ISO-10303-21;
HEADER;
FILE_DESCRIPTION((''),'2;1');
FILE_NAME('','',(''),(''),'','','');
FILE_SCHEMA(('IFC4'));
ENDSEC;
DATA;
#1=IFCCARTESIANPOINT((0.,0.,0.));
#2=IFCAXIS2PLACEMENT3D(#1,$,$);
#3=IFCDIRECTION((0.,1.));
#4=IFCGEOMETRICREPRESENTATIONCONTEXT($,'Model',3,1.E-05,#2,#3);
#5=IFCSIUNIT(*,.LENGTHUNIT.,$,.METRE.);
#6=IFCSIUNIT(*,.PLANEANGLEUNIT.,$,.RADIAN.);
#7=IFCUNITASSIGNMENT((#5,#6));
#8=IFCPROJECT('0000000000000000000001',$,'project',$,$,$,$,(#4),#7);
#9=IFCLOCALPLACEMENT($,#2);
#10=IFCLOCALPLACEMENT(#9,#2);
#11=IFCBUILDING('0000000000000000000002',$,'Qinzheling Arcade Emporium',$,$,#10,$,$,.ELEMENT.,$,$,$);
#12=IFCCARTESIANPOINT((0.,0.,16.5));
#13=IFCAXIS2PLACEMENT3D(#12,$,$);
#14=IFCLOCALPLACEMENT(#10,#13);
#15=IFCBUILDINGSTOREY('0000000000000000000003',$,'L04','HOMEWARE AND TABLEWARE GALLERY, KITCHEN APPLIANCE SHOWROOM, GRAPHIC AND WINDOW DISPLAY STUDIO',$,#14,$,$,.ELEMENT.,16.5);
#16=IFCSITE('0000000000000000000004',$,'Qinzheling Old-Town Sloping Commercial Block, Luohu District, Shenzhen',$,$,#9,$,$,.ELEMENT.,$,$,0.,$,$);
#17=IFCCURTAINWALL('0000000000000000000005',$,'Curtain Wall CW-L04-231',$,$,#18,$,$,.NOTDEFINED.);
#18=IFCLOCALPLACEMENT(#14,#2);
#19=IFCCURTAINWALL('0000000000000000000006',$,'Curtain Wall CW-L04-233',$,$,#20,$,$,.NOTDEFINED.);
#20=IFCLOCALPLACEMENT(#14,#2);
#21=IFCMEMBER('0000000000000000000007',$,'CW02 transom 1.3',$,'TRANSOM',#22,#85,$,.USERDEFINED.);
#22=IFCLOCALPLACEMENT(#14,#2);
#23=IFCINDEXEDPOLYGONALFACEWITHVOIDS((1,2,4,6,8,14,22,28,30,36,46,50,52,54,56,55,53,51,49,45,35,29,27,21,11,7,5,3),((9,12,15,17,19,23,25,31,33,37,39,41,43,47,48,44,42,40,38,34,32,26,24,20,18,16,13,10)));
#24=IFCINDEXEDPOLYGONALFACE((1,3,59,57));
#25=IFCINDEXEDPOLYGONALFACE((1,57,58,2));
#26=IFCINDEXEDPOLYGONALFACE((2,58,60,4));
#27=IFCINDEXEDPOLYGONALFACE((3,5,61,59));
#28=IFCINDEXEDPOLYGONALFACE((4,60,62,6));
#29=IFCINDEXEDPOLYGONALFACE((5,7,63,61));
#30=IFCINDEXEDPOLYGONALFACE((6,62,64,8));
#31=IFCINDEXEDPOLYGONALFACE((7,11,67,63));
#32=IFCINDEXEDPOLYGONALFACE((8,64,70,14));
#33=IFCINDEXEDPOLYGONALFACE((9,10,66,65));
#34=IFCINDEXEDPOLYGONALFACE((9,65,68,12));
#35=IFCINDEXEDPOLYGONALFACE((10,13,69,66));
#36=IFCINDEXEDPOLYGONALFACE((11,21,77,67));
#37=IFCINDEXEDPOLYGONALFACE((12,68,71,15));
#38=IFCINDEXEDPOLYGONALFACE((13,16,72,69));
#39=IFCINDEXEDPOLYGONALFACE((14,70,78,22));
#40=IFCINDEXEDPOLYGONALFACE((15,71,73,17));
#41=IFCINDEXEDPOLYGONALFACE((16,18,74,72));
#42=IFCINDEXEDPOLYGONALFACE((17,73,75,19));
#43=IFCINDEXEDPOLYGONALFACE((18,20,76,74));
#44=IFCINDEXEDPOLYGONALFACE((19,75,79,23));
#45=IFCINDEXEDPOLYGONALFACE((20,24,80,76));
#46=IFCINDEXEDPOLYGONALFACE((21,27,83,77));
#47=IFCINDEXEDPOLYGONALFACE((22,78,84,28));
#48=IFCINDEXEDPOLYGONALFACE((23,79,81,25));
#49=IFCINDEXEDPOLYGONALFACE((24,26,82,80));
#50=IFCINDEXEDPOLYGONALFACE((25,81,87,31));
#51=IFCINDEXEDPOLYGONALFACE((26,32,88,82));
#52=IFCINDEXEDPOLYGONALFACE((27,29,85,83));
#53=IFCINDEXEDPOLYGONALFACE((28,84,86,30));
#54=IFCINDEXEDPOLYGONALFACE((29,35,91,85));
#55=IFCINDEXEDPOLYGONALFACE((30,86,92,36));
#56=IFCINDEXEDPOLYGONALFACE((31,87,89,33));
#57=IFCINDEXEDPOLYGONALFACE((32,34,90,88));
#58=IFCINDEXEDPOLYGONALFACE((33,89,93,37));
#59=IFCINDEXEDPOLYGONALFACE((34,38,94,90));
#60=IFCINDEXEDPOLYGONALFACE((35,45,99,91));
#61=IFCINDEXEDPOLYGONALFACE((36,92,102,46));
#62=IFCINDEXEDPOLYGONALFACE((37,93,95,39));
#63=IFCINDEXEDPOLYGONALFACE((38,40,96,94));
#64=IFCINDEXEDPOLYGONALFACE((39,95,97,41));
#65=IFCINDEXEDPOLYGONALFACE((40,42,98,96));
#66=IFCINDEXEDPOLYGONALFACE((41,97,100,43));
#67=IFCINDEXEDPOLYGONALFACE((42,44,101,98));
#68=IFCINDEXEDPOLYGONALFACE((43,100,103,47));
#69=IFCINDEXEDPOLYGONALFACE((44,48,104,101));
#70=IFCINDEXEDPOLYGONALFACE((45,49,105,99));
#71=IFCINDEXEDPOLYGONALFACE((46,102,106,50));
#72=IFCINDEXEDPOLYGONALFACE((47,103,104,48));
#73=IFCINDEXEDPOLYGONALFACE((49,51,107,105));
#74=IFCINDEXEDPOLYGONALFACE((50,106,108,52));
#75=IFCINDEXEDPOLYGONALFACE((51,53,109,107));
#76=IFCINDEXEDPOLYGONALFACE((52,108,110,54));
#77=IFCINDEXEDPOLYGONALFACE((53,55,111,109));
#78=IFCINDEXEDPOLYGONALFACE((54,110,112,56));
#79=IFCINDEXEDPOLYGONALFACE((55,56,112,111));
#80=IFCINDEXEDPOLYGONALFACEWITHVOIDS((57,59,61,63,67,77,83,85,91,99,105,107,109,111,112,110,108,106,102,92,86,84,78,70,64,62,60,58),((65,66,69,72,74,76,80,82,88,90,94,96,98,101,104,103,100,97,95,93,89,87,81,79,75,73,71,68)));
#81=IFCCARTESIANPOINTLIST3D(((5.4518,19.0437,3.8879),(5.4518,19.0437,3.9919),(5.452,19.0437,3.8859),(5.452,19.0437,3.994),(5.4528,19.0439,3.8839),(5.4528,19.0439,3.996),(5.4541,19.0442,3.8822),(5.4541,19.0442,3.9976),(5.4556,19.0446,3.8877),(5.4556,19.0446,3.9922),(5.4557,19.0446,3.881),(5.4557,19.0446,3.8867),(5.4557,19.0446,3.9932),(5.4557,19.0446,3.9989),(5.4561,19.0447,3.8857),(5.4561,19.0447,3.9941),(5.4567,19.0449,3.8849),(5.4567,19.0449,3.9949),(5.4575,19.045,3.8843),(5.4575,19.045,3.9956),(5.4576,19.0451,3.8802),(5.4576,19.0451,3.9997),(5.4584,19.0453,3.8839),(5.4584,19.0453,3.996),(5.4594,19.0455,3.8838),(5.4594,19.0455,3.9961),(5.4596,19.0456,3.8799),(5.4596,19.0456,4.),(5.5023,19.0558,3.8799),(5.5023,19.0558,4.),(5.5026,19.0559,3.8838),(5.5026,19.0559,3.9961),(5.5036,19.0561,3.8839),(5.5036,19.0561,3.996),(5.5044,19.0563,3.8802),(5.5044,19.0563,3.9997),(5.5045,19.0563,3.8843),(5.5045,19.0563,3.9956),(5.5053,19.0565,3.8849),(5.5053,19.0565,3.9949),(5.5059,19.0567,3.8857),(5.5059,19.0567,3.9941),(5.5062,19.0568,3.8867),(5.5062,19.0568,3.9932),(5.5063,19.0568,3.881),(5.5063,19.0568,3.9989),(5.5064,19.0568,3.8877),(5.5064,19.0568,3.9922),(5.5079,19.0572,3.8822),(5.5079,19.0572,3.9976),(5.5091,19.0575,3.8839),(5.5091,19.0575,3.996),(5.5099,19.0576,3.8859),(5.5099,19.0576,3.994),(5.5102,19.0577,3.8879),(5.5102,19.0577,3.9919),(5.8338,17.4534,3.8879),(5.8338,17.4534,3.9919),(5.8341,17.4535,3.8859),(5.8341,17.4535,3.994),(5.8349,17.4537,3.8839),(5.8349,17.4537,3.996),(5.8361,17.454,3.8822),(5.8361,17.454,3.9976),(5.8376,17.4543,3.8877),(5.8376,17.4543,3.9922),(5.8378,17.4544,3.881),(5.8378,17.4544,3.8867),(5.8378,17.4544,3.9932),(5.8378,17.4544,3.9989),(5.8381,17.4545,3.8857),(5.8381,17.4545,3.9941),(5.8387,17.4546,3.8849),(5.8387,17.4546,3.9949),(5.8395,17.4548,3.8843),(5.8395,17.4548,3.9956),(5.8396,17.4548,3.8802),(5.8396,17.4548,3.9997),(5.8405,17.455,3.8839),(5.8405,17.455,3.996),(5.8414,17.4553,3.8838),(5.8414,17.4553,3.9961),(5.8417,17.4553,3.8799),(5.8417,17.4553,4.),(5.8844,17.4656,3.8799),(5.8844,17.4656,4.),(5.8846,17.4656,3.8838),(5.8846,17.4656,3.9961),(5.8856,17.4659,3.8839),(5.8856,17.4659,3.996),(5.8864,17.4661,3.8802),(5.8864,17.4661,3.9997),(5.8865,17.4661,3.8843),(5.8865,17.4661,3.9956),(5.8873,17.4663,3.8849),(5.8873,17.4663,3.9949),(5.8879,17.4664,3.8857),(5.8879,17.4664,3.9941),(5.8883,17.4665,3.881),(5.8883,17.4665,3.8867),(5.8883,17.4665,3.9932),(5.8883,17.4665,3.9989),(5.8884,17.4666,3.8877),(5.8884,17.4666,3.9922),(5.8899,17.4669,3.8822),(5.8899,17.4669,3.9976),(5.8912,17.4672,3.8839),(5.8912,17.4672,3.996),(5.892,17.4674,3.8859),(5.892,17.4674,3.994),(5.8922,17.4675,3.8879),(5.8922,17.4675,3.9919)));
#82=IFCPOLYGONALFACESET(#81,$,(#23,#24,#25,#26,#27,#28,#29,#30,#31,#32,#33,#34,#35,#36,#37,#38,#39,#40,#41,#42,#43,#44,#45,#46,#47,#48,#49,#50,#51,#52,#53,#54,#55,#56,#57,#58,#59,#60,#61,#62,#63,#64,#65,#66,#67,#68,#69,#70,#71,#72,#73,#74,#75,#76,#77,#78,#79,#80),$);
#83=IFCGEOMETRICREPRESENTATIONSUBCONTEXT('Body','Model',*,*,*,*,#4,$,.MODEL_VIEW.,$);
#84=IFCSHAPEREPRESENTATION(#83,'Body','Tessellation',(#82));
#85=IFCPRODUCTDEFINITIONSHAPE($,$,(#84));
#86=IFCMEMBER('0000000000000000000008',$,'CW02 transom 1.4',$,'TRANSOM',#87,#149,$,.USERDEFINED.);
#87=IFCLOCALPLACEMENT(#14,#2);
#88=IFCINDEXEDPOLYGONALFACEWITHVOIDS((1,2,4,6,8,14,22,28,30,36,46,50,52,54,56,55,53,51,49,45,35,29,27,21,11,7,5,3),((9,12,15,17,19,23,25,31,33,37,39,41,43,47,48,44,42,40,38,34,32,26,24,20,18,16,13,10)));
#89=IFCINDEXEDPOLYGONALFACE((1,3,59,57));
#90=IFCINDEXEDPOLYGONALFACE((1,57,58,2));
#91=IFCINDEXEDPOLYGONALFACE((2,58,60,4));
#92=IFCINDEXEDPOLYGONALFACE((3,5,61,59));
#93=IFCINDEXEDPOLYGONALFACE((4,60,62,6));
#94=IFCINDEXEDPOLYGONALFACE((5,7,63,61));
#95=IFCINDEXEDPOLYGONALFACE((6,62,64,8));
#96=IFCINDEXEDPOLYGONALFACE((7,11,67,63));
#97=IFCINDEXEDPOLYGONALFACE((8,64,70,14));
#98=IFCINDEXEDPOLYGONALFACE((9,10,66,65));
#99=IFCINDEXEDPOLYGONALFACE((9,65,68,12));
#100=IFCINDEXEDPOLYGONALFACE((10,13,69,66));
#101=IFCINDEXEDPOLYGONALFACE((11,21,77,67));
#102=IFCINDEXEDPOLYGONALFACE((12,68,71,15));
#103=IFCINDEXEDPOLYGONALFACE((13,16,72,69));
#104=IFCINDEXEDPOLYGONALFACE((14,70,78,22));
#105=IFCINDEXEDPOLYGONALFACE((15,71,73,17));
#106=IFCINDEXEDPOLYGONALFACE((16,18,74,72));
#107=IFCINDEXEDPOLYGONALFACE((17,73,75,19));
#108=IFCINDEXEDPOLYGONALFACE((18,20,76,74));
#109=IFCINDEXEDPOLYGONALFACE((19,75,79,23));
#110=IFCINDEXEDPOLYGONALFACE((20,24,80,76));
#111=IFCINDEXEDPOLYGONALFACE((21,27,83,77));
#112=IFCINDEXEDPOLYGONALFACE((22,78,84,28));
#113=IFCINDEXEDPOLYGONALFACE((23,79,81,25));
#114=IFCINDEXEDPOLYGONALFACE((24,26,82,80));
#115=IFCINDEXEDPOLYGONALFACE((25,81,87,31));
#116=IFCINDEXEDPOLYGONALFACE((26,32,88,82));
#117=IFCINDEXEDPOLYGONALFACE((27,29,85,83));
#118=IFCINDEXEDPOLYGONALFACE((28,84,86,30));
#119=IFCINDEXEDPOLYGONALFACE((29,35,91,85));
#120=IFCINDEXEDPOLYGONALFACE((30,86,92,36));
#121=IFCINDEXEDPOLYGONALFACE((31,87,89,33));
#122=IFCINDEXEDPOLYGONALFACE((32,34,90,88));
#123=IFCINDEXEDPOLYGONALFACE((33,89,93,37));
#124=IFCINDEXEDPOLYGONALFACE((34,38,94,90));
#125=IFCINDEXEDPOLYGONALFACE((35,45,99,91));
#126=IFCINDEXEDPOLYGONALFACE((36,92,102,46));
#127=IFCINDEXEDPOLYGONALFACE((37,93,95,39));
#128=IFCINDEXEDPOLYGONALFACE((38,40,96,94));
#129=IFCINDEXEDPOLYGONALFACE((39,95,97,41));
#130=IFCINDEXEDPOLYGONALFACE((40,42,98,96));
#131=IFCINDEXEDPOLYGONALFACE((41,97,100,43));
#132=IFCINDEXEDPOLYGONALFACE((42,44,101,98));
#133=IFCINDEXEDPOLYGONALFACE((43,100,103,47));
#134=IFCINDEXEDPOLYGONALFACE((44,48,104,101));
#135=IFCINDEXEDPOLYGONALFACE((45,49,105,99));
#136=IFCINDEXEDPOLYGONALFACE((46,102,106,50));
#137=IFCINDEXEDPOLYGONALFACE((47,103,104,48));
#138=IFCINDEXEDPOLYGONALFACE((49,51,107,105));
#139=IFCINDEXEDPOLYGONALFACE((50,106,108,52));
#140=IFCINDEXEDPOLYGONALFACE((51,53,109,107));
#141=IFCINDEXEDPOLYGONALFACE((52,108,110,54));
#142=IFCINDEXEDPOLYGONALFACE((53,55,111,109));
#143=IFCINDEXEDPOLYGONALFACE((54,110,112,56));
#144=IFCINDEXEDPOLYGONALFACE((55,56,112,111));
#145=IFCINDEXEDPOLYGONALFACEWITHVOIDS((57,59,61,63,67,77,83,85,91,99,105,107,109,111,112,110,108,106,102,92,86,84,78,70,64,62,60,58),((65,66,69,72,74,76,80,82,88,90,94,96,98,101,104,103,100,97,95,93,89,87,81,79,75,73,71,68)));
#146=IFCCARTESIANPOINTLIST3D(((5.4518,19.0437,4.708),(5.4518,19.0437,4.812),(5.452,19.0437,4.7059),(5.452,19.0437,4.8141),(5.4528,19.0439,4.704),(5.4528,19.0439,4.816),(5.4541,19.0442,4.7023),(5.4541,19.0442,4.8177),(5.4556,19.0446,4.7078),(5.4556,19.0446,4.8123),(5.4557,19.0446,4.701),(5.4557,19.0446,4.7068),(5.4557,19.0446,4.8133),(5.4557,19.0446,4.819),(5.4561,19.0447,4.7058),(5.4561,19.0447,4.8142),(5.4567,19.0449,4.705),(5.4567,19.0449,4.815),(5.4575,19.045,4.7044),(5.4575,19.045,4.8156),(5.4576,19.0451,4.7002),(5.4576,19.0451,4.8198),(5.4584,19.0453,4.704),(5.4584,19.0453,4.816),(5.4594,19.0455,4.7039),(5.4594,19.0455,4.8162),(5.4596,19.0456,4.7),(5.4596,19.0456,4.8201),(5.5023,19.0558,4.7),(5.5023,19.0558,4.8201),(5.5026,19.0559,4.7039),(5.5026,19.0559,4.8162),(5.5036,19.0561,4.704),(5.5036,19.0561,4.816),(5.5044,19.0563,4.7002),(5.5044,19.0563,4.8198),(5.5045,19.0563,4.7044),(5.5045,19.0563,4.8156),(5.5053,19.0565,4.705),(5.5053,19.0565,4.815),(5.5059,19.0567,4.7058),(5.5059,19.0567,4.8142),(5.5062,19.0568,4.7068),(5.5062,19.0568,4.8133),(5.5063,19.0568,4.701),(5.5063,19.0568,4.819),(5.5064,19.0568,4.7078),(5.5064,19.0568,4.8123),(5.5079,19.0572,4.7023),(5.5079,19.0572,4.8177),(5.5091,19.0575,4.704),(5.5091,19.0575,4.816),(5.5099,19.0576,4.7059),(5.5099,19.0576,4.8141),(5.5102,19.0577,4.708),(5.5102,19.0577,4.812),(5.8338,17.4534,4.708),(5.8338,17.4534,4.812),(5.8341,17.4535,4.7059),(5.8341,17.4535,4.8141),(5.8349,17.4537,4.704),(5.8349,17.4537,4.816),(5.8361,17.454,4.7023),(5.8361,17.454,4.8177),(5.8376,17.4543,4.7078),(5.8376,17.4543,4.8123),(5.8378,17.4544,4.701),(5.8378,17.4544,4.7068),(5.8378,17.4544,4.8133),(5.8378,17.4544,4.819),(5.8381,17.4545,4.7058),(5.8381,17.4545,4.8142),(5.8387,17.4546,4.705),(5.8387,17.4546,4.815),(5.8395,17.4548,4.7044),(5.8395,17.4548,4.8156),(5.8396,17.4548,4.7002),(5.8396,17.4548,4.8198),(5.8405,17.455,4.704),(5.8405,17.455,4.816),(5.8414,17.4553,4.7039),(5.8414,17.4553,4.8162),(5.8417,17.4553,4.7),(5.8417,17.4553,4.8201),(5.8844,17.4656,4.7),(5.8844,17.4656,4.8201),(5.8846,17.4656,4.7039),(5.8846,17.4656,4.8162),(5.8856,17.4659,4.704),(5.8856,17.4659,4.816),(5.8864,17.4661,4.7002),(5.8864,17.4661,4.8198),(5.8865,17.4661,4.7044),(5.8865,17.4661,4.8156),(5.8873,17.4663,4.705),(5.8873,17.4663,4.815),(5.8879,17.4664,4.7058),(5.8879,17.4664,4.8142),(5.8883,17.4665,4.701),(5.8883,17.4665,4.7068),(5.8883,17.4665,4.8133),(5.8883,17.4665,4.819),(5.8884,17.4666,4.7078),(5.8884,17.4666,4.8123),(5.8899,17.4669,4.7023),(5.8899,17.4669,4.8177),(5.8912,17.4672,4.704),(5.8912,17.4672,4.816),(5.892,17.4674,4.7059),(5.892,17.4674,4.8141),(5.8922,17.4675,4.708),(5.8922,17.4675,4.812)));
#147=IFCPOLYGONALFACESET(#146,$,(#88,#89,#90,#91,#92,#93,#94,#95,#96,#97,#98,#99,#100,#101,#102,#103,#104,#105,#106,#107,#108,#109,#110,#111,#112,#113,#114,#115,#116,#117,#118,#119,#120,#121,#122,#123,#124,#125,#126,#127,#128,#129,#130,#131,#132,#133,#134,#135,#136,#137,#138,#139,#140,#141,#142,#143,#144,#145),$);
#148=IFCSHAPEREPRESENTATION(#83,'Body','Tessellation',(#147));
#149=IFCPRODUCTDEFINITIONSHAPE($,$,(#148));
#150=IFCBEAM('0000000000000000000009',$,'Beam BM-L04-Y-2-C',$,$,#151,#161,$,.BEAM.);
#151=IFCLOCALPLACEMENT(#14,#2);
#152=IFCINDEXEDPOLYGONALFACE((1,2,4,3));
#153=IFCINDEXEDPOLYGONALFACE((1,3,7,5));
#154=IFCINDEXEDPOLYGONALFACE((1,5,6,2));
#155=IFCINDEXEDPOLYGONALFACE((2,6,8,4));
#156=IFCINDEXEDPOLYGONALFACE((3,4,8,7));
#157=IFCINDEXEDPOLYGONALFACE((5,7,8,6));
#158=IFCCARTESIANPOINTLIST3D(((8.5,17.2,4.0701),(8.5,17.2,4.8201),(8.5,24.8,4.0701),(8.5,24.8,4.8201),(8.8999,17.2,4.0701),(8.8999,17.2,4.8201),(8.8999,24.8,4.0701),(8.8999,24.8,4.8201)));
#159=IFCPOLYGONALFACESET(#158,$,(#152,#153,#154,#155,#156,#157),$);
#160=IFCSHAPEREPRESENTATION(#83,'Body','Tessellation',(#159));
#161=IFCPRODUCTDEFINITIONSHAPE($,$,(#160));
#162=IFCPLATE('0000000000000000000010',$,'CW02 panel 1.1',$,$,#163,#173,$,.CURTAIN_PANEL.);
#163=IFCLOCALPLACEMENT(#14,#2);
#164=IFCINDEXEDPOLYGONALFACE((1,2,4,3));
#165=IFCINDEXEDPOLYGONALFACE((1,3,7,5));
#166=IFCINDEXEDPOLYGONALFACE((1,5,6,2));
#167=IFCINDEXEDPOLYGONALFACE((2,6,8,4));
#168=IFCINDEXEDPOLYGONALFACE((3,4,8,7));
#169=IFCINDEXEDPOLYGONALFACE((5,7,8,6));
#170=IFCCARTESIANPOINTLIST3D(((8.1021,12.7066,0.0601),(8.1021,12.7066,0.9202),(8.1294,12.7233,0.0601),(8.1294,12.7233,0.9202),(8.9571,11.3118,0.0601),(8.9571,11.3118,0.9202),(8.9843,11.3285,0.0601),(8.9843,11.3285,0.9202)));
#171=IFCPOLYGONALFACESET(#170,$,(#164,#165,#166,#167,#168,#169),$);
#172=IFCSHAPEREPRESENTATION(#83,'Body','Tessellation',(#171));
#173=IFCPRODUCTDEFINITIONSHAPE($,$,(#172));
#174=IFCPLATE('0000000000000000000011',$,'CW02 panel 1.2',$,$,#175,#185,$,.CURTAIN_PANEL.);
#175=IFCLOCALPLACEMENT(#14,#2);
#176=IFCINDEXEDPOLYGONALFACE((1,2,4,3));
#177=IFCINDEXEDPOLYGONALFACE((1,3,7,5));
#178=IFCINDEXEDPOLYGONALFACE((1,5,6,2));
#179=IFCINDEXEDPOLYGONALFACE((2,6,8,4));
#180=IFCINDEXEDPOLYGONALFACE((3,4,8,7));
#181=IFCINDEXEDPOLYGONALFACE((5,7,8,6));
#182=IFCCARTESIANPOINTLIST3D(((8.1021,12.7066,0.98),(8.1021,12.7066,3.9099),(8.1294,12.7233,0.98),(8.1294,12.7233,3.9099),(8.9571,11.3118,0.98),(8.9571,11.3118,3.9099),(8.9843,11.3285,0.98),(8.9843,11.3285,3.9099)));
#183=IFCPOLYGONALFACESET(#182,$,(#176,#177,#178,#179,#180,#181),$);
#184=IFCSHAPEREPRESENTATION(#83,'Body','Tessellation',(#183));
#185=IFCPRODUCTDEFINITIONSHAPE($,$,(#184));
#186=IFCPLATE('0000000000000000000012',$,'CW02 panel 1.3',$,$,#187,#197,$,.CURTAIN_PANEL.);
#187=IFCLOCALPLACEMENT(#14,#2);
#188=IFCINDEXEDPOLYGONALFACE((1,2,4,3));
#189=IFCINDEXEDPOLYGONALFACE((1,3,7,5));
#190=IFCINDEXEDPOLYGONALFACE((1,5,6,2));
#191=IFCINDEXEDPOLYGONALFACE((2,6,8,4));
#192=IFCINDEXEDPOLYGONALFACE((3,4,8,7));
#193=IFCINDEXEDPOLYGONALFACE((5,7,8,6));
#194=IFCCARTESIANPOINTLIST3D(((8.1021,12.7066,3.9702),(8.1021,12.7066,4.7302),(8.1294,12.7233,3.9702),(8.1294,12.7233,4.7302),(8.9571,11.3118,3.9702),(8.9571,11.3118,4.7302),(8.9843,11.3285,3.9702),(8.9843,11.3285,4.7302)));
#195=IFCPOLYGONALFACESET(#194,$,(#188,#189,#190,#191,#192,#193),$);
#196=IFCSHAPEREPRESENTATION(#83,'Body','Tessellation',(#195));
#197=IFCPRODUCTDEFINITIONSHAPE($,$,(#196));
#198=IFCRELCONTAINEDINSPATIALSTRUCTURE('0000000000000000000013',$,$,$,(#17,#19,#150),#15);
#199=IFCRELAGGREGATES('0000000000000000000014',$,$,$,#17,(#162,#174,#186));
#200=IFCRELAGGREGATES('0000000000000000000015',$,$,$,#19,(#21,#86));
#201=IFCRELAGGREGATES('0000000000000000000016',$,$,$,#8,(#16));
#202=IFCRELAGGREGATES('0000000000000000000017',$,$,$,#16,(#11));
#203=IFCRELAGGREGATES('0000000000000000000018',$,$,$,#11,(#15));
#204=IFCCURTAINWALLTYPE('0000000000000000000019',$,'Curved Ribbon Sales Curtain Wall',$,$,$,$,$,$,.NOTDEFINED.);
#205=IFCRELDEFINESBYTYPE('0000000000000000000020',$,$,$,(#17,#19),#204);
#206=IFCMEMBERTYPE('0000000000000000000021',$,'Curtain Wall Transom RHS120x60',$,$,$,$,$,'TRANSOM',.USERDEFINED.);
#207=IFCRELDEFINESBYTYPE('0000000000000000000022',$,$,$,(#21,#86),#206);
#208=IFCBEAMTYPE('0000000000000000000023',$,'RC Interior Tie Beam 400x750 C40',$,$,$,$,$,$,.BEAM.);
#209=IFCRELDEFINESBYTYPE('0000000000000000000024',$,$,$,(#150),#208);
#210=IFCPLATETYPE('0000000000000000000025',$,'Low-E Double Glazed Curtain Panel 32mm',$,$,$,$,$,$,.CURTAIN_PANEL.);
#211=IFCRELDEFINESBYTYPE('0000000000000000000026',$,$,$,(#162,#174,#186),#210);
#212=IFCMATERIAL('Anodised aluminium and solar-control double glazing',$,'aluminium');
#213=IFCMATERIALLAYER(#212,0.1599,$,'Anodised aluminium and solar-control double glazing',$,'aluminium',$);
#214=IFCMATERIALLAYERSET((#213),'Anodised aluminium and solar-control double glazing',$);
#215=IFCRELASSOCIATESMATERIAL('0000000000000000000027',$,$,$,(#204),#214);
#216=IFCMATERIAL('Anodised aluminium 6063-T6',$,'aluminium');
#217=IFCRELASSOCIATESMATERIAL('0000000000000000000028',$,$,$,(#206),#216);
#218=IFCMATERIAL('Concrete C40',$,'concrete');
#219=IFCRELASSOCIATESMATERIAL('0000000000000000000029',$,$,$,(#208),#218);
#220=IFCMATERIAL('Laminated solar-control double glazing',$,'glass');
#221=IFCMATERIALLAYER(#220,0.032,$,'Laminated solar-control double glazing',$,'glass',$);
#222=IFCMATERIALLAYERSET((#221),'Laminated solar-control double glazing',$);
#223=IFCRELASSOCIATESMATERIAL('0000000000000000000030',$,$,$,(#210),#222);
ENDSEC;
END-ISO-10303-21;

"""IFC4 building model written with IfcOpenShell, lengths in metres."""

from ifc_helpers import new_model, si_unit, direction, frame, origin, origin_2d, place, context, subcontext, project, spatial, rectangle, hollow_rectangle, extrude, material, layer, layer_set, material_profile, profile_set, type_object, element, aggregate, save


model = new_model("IFC4")

# Units and contexts
model_context = context("Model", 3, precision=1e-05, world=origin(), true_north=direction((0.0, 1.0)))
body_context = subcontext(model_context, "Body", "Model", "MODEL_VIEW")
ifc_project = project(units=[si_unit("LENGTHUNIT", "METRE"), si_unit("PLANEANGLEUNIT", "RADIAN")], contexts=[model_context])

# Site, building, storey
site_placement = place(None, origin())
site = spatial("IfcSite", under=ifc_project, at=site_placement, Name="Qinzheling Old-Town Sloping Commercial Block, Luohu District, Shenzhen", CompositionType="ELEMENT", RefElevation=0.0)
building_placement = place(site_placement, origin())
building = spatial("IfcBuilding", under=site, at=building_placement, Name="Qinzheling Arcade Emporium", CompositionType="ELEMENT")
storey_placement = place(building_placement, frame((0.0, 0.0, 16.5)))
storey = spatial("IfcBuildingStorey", under=building, at=storey_placement, Name="L04", Description="HOMEWARE AND TABLEWARE GALLERY, KITCHEN APPLIANCE SHOWROOM, GRAPHIC AND WINDOW DISPLAY STUDIO", CompositionType="ELEMENT", Elevation=16.5)

# Shared definitions
ifc_material_1 = material(Name="Concrete C40", Category="concrete")

# Curtain wall
ifc_material_2 = material(Name="Anodised aluminium and solar-control double glazing", Category="aluminium")
ifc_layer_1 = layer(ifc_material_2, 0.1599, Name="Anodised aluminium and solar-control double glazing", Category="aluminium")
ifc_layer_set_1 = layer_set([ifc_layer_1], Name="Anodised aluminium and solar-control double glazing")
curtain_wall_type = type_object("IfcCurtainWallType", Name="Curved Ribbon Sales Curtain Wall", PredefinedType="NOTDEFINED", material=ifc_layer_set_1)
curtain_wall_1_placement = place(storey_placement, origin())
curtain_wall_1 = element("IfcCurtainWall", 1, at=curtain_wall_1_placement, inside=storey, type_object=curtain_wall_type, Name="Curtain Wall CW-L04-231", PredefinedType="NOTDEFINED")
ifc_material_3 = material(Name="Anodised aluminium 6063-T6", Category="aluminium")

# Curtain wall
curtain_wall_2_placement = place(storey_placement, origin())
curtain_wall_2 = element("IfcCurtainWall", 2, at=curtain_wall_2_placement, inside=storey, type_object=curtain_wall_type, Name="Curtain Wall CW-L04-233", PredefinedType="NOTDEFINED")

# Members
ifc_material_profile_1 = material_profile(ifc_material_3, hollow_rectangle(XDim=0.0601, YDim=0.1201, WallThickness=0.0039, InnerFilletRadius=0.0039, OuterFilletRadius=0.0081, at=origin_2d()), Name="RHS 120x60x4", Category="aluminium")
ifc_profile_set_1 = profile_set([ifc_material_profile_1], Name="Anodised aluminium 6063-T6")
member_type_1 = type_object("IfcMemberType", Name="Curtain Wall Transom RHS120x60", ElementType="TRANSOM", PredefinedType="USERDEFINED", material=ifc_profile_set_1)
member_1_placement = place(storey_placement, frame((5.863, 17.4604, 3.9399), z_axis=(-0.233604, 0.972332, 0.0), x_axis=(-0.972332, -0.233604, 0.0)))
member_1 = element("IfcMember", 3, at=member_1_placement, type_object=member_type_1, Name="CW02 transom 1.3", ObjectType="TRANSOM", PredefinedType="USERDEFINED", context=body_context, shape_type="SweptSolid", body=[
    extrude(hollow_rectangle(XDim=0.0601, YDim=0.1201, WallThickness=0.0039, InnerFilletRadius=0.0039, OuterFilletRadius=0.0081, at=origin_2d()), origin(), (0.0, 0.0, 1.0), 1.6355),
])
member_2_placement = place(storey_placement, frame((5.863, 17.4604, 4.76), z_axis=(-0.233604, 0.972332, 0.0), x_axis=(-0.972332, -0.233604, 0.0)))
member_2 = element("IfcMember", 4, at=member_2_placement, type_object=member_type_1, Name="CW02 transom 1.4", ObjectType="TRANSOM", PredefinedType="USERDEFINED", context=body_context, shape_type="SweptSolid", body=[
    extrude(hollow_rectangle(XDim=0.0601, YDim=0.1201, WallThickness=0.0039, InnerFilletRadius=0.0039, OuterFilletRadius=0.0081, at=origin_2d()), origin(), (0.0, 0.0, 1.0), 1.6355),
])

# Beam
ifc_material_profile_2 = material_profile(ifc_material_1, rectangle(XDim=0.3999, YDim=0.75, at=origin_2d()), Name="RC 400x750", Category="concrete")
ifc_profile_set_2 = profile_set([ifc_material_profile_2], Name="Concrete C40")
beam_type = type_object("IfcBeamType", Name="RC Interior Tie Beam 400x750 C40", PredefinedType="BEAM", material=ifc_profile_set_2)
beam_placement = place(storey_placement, frame((8.7, 17.2, 4.4451), z_axis=(0.0, 1.0, 0.0), x_axis=(-1.0, 0.0, 0.0)))
element("IfcBeam", 5, at=beam_placement, inside=storey, type_object=beam_type, Name="Beam BM-L04-Y-2-C", PredefinedType="BEAM", context=body_context, shape_type="SweptSolid", body=[
    extrude(rectangle(XDim=0.3999, YDim=0.75, at=origin_2d()), origin(), (0.0, 0.0, 1.0), 7.6001),
])

# Plates
ifc_material_4 = material(Name="Laminated solar-control double glazing", Category="glass")
ifc_layer_2 = layer(ifc_material_4, 0.032, Name="Laminated solar-control double glazing", Category="glass")
ifc_layer_set_2 = layer_set([ifc_layer_2], Name="Laminated solar-control double glazing")
plate_type_1 = type_object("IfcPlateType", Name="Low-E Double Glazed Curtain Panel 32mm", PredefinedType="CURTAIN_PANEL", material=ifc_layer_set_2)
plate_1_placement = place(storey_placement, frame((8.5432, 12.0176, 0.0601), z_axis=(0.0, 0.0, 1.0), x_axis=(-0.52261, 0.852572, 0.0)))
plate_1 = element("IfcPlate", 6, at=plate_1_placement, type_object=plate_type_1, Name="CW02 panel 1.1", PredefinedType="CURTAIN_PANEL", context=body_context, shape_type="SweptSolid", body=[
    extrude(rectangle(XDim=1.636, YDim=0.032, at=origin_2d()), origin(), (0.0, 0.0, 1.0), 0.8601),
])
plate_2_placement = place(storey_placement, frame((8.5432, 12.0176, 0.98), z_axis=(0.0, 0.0, 1.0), x_axis=(-0.52261, 0.852572, 0.0)))
plate_2 = element("IfcPlate", 7, at=plate_2_placement, type_object=plate_type_1, Name="CW02 panel 1.2", PredefinedType="CURTAIN_PANEL", context=body_context, shape_type="SweptSolid", body=[
    extrude(rectangle(XDim=1.636, YDim=0.032, at=origin_2d()), origin(), (0.0, 0.0, 1.0), 2.9299),
])
plate_3_placement = place(storey_placement, frame((8.5432, 12.0176, 3.9702), z_axis=(0.0, 0.0, 1.0), x_axis=(-0.52261, 0.852572, 0.0)))
plate_3 = element("IfcPlate", 8, at=plate_3_placement, type_object=plate_type_1, Name="CW02 panel 1.3", PredefinedType="CURTAIN_PANEL", context=body_context, shape_type="SweptSolid", body=[
    extrude(rectangle(XDim=1.636, YDim=0.032, at=origin_2d()), origin(), (0.0, 0.0, 1.0), 0.76),
])
aggregate(curtain_wall_1, [plate_1, plate_2, plate_3])
aggregate(curtain_wall_2, [member_1, member_2])

save(model, "model.ifc")
